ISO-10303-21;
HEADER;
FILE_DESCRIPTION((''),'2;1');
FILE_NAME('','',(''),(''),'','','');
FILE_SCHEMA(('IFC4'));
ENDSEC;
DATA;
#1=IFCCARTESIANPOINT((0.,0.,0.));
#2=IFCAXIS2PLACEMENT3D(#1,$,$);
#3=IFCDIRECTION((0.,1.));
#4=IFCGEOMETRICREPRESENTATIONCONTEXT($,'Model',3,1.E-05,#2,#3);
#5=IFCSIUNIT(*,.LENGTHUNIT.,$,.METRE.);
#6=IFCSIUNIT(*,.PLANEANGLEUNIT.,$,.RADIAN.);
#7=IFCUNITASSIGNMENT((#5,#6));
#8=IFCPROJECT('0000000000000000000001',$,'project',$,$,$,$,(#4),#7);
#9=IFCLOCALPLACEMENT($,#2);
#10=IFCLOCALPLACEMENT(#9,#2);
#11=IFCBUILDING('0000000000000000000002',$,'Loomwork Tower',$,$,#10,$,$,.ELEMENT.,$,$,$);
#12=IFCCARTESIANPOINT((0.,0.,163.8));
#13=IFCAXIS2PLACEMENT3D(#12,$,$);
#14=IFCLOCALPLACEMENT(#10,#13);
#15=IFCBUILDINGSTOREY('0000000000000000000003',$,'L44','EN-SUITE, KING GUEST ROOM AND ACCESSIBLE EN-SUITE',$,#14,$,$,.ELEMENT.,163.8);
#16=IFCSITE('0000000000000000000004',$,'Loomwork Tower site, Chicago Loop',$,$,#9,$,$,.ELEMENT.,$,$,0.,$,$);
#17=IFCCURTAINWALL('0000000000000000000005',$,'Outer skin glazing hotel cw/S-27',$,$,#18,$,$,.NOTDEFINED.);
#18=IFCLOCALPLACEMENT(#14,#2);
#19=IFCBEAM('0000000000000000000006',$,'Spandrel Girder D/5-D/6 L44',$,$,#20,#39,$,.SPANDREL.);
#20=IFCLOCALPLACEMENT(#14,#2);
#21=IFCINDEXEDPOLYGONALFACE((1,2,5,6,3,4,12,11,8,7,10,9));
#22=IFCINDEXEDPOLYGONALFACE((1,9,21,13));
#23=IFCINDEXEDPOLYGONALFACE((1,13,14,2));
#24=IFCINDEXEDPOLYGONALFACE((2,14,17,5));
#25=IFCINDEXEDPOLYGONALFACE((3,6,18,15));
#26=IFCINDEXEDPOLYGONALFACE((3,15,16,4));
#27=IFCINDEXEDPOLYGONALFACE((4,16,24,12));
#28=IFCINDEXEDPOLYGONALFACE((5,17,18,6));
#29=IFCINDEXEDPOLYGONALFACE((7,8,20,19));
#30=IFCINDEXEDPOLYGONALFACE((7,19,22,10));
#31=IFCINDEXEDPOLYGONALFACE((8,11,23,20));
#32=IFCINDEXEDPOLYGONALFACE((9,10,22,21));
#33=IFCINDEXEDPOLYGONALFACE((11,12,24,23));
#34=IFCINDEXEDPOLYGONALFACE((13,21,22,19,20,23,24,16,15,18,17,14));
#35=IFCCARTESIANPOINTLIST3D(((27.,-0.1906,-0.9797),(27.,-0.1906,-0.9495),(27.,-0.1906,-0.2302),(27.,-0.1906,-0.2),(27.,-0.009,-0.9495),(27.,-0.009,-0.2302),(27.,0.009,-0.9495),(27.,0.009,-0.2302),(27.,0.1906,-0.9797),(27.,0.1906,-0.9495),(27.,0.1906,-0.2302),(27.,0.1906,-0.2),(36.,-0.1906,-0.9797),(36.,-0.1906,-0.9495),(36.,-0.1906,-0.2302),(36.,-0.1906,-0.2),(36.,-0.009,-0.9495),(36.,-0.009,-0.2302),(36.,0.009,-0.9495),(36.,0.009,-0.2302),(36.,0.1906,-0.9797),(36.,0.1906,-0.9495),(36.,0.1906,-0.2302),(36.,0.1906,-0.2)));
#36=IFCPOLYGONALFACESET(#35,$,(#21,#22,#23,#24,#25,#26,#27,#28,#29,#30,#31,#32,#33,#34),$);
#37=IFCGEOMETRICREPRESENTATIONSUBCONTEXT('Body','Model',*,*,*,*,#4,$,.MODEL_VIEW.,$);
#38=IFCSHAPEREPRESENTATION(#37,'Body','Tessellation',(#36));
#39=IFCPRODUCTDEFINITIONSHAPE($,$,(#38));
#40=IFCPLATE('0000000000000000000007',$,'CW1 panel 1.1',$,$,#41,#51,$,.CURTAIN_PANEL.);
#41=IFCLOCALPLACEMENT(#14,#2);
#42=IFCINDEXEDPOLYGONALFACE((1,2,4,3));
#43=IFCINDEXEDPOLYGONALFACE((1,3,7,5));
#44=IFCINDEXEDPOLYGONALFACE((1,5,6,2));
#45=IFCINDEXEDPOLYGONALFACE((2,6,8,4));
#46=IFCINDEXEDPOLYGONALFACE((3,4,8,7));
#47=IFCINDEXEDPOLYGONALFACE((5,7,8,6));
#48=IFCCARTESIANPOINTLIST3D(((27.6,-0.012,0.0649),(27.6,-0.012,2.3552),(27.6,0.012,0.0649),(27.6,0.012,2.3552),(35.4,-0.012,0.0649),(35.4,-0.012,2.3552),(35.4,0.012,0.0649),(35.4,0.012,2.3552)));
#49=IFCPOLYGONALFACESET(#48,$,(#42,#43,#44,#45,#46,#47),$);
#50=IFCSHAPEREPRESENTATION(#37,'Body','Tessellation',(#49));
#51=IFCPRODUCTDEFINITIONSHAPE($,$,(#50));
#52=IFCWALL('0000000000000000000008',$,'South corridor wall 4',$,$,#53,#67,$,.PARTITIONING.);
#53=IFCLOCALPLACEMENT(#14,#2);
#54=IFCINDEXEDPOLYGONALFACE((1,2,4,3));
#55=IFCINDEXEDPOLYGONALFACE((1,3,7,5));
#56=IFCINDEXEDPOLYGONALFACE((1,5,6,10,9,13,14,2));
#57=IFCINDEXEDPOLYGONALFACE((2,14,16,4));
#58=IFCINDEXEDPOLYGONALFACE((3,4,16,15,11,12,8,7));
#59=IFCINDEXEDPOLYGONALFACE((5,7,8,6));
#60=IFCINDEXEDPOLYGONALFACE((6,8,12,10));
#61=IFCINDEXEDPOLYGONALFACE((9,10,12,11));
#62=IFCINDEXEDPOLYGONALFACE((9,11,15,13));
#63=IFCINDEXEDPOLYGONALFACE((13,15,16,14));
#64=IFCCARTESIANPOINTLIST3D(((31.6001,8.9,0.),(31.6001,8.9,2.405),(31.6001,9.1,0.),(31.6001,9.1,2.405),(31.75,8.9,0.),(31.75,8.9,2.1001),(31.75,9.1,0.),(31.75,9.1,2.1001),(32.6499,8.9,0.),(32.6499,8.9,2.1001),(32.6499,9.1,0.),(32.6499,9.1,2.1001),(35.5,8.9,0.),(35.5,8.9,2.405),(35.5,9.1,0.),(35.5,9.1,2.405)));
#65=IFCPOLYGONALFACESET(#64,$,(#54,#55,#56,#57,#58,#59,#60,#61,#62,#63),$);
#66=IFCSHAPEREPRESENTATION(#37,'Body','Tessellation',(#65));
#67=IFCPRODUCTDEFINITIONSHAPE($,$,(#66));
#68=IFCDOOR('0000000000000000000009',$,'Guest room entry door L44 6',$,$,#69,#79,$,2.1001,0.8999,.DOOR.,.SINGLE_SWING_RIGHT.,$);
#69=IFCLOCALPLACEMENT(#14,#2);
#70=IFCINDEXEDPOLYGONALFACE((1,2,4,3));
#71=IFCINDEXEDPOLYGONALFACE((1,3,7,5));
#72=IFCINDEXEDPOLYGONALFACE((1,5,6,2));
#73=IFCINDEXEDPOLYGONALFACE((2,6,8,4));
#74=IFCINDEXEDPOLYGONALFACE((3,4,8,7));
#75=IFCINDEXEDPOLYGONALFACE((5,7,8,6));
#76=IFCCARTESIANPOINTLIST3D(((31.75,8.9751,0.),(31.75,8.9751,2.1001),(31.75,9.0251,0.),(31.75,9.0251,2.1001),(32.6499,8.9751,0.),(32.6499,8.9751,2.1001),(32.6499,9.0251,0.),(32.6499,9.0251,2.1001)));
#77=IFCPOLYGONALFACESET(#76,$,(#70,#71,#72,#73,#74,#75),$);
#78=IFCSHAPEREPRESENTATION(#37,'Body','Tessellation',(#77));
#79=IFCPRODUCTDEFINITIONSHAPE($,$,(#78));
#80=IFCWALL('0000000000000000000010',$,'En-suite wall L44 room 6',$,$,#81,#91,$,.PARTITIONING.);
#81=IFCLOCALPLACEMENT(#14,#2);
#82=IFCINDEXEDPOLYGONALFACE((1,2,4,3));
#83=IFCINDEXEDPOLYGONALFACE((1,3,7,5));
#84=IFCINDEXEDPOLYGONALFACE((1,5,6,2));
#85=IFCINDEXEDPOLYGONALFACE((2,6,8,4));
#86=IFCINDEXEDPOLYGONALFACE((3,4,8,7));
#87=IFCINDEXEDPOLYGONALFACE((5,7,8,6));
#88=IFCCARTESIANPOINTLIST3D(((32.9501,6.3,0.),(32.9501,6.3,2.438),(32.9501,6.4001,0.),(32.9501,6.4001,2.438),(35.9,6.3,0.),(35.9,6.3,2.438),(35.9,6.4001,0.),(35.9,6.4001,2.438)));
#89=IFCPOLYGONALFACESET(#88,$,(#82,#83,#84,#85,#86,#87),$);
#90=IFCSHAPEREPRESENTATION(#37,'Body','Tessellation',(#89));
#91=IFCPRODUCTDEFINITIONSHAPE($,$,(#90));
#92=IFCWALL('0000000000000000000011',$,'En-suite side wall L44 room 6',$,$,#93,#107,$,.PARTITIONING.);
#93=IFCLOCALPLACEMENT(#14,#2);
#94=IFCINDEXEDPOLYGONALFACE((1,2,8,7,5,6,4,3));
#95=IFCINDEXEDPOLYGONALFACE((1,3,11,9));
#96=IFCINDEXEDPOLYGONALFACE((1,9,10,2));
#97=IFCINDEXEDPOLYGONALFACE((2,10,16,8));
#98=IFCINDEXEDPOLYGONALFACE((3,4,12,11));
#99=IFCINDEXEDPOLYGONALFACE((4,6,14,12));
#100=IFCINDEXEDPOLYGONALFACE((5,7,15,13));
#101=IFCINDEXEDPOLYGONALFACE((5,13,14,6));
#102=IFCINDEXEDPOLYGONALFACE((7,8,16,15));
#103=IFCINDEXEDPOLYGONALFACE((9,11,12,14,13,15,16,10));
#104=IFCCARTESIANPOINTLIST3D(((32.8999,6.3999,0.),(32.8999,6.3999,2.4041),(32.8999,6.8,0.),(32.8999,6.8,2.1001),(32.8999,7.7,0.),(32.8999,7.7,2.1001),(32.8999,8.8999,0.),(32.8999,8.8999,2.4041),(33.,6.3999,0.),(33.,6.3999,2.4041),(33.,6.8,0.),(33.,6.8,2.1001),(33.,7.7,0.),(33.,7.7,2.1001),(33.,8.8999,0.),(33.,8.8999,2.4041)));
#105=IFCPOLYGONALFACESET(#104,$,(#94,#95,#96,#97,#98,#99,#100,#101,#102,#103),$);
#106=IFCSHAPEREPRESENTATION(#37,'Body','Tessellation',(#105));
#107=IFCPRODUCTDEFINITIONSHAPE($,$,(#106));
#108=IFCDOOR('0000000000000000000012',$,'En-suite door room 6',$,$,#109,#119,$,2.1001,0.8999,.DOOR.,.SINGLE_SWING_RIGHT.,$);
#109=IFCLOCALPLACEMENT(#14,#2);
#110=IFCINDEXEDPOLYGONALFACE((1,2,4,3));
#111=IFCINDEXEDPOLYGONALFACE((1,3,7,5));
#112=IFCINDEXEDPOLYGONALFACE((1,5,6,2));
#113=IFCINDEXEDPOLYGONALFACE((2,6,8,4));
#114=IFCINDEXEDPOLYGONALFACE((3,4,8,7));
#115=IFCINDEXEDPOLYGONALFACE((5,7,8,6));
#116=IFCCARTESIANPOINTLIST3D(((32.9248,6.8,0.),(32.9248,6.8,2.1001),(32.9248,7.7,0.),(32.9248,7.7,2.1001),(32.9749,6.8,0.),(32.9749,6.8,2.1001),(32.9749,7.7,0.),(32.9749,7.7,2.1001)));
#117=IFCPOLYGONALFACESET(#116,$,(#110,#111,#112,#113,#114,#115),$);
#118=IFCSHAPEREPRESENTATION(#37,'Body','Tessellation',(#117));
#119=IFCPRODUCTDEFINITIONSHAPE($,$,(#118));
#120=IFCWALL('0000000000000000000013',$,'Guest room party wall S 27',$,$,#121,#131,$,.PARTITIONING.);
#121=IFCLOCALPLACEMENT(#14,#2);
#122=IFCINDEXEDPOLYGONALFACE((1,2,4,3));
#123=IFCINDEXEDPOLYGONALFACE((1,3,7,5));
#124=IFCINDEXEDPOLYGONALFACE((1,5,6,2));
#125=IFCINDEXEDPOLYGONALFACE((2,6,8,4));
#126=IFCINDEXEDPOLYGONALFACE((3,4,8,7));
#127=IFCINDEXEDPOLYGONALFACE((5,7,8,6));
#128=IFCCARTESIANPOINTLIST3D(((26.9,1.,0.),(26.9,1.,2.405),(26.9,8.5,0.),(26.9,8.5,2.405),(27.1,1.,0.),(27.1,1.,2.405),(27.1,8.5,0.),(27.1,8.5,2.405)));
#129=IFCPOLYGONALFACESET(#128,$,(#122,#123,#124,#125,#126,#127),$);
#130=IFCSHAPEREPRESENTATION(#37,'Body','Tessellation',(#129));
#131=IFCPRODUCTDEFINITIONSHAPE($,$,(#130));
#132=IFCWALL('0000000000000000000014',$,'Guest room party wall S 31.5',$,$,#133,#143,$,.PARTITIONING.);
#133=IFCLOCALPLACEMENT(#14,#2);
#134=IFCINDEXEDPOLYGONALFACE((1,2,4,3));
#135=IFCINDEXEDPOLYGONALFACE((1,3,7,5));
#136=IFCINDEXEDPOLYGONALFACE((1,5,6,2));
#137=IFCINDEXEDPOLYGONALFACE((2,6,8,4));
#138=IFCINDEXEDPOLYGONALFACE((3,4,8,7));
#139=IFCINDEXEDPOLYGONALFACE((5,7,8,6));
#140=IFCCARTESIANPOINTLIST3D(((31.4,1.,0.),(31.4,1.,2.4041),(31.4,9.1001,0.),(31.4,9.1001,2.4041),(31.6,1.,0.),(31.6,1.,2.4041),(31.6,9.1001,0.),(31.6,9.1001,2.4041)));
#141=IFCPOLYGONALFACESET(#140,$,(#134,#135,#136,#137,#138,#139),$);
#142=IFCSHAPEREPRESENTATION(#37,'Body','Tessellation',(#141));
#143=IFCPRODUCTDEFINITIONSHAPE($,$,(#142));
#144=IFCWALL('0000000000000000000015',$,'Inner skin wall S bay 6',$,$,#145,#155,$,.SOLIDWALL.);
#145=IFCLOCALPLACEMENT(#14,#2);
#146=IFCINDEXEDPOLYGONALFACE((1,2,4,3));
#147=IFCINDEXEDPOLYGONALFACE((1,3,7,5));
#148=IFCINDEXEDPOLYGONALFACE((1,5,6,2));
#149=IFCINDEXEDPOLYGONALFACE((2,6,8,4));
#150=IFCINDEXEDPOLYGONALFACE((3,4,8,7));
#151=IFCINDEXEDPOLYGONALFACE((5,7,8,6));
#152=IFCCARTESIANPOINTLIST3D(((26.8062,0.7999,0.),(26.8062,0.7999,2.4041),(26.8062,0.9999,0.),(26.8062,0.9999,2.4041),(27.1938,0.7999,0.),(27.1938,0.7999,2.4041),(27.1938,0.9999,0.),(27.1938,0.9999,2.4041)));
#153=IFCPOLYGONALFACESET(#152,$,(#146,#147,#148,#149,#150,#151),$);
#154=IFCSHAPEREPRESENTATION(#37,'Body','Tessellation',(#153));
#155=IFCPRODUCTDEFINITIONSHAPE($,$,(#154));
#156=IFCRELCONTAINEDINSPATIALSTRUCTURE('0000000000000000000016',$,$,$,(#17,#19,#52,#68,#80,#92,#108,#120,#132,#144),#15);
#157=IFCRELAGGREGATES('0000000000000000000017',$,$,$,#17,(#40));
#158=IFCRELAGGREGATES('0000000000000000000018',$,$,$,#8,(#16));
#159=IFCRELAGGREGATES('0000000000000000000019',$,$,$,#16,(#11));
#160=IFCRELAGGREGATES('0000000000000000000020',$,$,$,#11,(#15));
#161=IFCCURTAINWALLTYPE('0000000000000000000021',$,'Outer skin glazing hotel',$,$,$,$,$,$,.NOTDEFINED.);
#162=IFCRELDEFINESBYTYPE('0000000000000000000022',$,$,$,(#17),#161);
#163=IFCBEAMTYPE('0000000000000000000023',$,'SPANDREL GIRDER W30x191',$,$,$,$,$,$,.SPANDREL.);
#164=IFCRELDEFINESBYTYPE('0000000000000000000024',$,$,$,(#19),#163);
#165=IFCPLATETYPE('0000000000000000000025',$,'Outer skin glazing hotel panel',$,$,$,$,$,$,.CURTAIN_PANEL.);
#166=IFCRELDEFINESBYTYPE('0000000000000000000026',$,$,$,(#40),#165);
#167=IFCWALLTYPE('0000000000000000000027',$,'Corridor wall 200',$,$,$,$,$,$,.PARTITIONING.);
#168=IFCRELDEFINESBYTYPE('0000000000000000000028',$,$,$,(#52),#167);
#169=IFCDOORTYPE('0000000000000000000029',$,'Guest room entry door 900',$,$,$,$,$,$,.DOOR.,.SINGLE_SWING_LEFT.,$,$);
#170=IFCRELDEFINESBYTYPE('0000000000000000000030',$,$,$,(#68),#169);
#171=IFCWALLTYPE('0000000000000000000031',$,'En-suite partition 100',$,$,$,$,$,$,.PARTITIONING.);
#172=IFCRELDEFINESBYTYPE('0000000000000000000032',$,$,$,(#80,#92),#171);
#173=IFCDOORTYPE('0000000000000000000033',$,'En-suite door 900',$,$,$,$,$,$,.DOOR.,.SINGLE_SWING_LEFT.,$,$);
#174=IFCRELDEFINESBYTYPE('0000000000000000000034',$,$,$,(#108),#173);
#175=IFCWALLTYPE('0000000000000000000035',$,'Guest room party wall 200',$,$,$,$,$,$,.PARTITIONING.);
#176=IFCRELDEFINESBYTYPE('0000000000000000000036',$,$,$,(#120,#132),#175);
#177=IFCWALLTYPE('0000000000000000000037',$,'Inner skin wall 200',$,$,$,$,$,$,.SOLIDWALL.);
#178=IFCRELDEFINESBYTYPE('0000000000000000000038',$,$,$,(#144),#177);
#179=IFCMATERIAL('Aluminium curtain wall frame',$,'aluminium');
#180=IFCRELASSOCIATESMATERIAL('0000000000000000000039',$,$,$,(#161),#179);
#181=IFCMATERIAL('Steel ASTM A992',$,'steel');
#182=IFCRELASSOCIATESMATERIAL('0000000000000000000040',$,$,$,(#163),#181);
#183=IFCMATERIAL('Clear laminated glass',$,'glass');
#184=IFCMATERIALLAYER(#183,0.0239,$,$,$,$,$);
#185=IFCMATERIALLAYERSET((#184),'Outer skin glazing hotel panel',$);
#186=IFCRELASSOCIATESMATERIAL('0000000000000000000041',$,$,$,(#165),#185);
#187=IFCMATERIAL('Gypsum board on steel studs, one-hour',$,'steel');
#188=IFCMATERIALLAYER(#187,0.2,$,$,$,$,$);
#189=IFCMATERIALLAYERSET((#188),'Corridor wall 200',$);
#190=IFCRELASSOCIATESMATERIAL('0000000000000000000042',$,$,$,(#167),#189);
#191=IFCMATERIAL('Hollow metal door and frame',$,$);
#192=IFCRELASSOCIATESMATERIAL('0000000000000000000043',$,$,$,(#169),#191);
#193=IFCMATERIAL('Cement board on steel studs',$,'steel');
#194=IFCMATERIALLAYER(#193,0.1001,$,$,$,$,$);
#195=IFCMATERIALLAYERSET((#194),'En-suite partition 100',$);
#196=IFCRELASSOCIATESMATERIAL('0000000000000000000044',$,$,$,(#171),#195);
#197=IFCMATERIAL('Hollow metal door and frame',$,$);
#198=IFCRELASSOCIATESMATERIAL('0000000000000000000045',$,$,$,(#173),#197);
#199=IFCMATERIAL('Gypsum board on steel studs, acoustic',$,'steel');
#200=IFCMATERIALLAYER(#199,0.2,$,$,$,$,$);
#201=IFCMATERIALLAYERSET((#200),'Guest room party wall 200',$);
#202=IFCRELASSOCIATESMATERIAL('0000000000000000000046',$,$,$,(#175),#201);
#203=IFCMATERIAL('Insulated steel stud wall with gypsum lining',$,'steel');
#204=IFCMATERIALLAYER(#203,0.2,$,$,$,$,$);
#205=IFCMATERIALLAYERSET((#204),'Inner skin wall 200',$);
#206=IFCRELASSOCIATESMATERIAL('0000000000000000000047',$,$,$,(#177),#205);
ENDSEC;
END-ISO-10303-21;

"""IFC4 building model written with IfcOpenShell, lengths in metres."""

from ifc_helpers import new_model, si_unit, direction, frame, frame_2d, origin, origin_2d, place, context, subcontext, project, spatial, rectangle, i_section, extrude, material, layer, layer_set, material_profile, profile_set, type_object, element, fill, aggregate, save


model = new_model("IFC4")

# Units and contexts
model_context = context("Model", 3, precision=1e-05, world=origin(), true_north=direction((0.0, 1.0)))
body_context = subcontext(model_context, "Body", "Model", "MODEL_VIEW")
ifc_project = project(units=[si_unit("LENGTHUNIT", "METRE"), si_unit("PLANEANGLEUNIT", "RADIAN")], contexts=[model_context])

# Site, building, storey
site_placement = place(None, origin())
site = spatial("IfcSite", under=ifc_project, at=site_placement, Name="Loomwork Tower site, Chicago Loop", CompositionType="ELEMENT", RefElevation=0.0)
building_placement = place(site_placement, origin())
building = spatial("IfcBuilding", under=site, at=building_placement, Name="Loomwork Tower", CompositionType="ELEMENT")
storey_placement = place(building_placement, frame((0.0, 0.0, 163.8)))
storey = spatial("IfcBuildingStorey", under=building, at=storey_placement, Name="L44", Description="EN-SUITE, KING GUEST ROOM AND ACCESSIBLE EN-SUITE", CompositionType="ELEMENT", Elevation=163.8)

# Shared definitions
ifc_material_1 = material(Name="Aluminium curtain wall frame", Category="aluminium")
curtain_wall_type = type_object("IfcCurtainWallType", Name="Outer skin glazing hotel", PredefinedType="NOTDEFINED", material=ifc_material_1)

# Curtain wall
curtain_wall_1_placement = place(storey_placement, origin())
curtain_wall_1 = element("IfcCurtainWall", 1, at=curtain_wall_1_placement, inside=storey, type_object=curtain_wall_type, Name="Outer skin glazing hotel cw/S-27", PredefinedType="NOTDEFINED")

# Beam
ifc_material_2 = material(Name="Steel ASTM A992", Category="steel")
ifc_material_profile_1 = material_profile(ifc_material_2, i_section(OverallWidth=0.3811, OverallDepth=0.7798, WebThickness=0.0181, FlangeThickness=0.0303, at=origin_2d()), Name="W30x191")
ifc_profile_set_1 = profile_set([ifc_material_profile_1], Name="Steel ASTM A992")
beam_type_1 = type_object("IfcBeamType", Name="SPANDREL GIRDER W30x191", PredefinedType="SPANDREL", material=ifc_profile_set_1)
beam_1_placement = place(storey_placement, frame((27.0, 0.0, -0.5898), z_axis=(1.0, 0.0, 0.0), x_axis=(0.0, 1.0, 0.0)))
element("IfcBeam", 2, at=beam_1_placement, inside=storey, type_object=beam_type_1, Name="Spandrel Girder D/5-D/6 L44", PredefinedType="SPANDREL", context=body_context, shape_type="SweptSolid", body=[
    extrude(i_section(OverallWidth=0.3811, OverallDepth=0.7798, WebThickness=0.0181, FlangeThickness=0.0303, at=origin_2d()), origin(), (0.0, 0.0, 1.0), 9.0),
])

# Plate
ifc_material_3 = material(Name="Clear laminated glass", Category="glass")
ifc_layer_1 = layer(ifc_material_3, 0.0239)
ifc_layer_set_1 = layer_set([ifc_layer_1], Name="Outer skin glazing hotel panel")
plate_type = type_object("IfcPlateType", Name="Outer skin glazing hotel panel", PredefinedType="CURTAIN_PANEL", material=ifc_layer_set_1)
plate_placement = place(storey_placement, frame((31.5, 0.0, 0.0649), z_axis=(0.0, 0.0, 1.0), x_axis=(1.0, 0.0, 0.0)))
plate = element("IfcPlate", 3, at=plate_placement, type_object=plate_type, Name="CW1 panel 1.1", PredefinedType="CURTAIN_PANEL", context=body_context, shape_type="SweptSolid", body=[
    extrude(rectangle(XDim=7.8, YDim=0.0239, at=origin_2d()), origin(), (0.0, 0.0, 1.0), 2.2903),
])
aggregate(curtain_wall_1, [plate])

# Wall, opening, door
ifc_material_4 = material(Name="Gypsum board on steel studs, one-hour", Category="steel")
ifc_layer_2 = layer(ifc_material_4, 0.2)
ifc_layer_set_2 = layer_set([ifc_layer_2], Name="Corridor wall 200")
wall_type_1 = type_object("IfcWallType", Name="Corridor wall 200", PredefinedType="PARTITIONING", material=ifc_layer_set_2)
wall_1_placement = place(storey_placement, frame((31.6001, 9.0, 0.0), z_axis=(0.0, 0.0, 1.0), x_axis=(1.0, 0.0, 0.0)))
wall_1 = element("IfcWall", 4, at=wall_1_placement, inside=storey, type_object=wall_type_1, Name="South corridor wall 4", PredefinedType="PARTITIONING", context=body_context, shape_type="SweptSolid", body=[
    extrude(rectangle(XDim=3.8999, YDim=0.2, at=frame_2d((1.95, 0.0))), origin(), (0.0, 0.0, 1.0), 2.405),
])
opening_1_placement = place(wall_1_placement, frame((0.1499, 0.0, 0.0)))
opening_1 = element("IfcOpeningElement", 5, at=opening_1_placement, cuts=wall_1, PredefinedType="OPENING", context=body_context, shape_type="SweptSolid", body=[
    extrude(rectangle(XDim=0.8999, YDim=2.1001, at=frame_2d((0.45, 1.05))), frame((0.0, 0.1099, 0.0), z_axis=(0.0, -1.0, 0.0), x_axis=(1.0, 0.0, 0.0)), (0.0, 0.0, 1.0), 0.22),
])
ifc_material_5 = material(Name="Hollow metal door and frame")
door_type_1 = type_object("IfcDoorType", Name="Guest room entry door 900", OperationType="SINGLE_SWING_LEFT", PredefinedType="DOOR", material=ifc_material_5)
door_1_placement = place(opening_1_placement, frame((0.8999, 0.0, 0.0), z_axis=(0.0, 0.0, 1.0), x_axis=(-1.0, 0.0, 0.0)))
door_1 = element("IfcDoor", 6, at=door_1_placement, inside=storey, type_object=door_type_1, Name="Guest room entry door L44 6", OperationType="SINGLE_SWING_RIGHT", OverallHeight=2.1001, OverallWidth=0.8999, PredefinedType="DOOR", context=body_context, shape_type="SweptSolid", body=[
    extrude(rectangle(XDim=0.8999, YDim=2.1001, at=frame_2d((0.45, 1.05))), frame((0.0, 0.0249, 0.0), z_axis=(0.0, -1.0, 0.0), x_axis=(1.0, 0.0, 0.0)), (0.0, 0.0, 1.0), 0.05),
])
fill(opening_1, door_1)

# Wall
ifc_material_6 = material(Name="Cement board on steel studs", Category="steel")
ifc_layer_3 = layer(ifc_material_6, 0.1001)
ifc_layer_set_3 = layer_set([ifc_layer_3], Name="En-suite partition 100")
wall_type_2 = type_object("IfcWallType", Name="En-suite partition 100", PredefinedType="PARTITIONING", material=ifc_layer_set_3)
wall_2_placement = place(storey_placement, frame((32.95, 6.3501, 0.0), z_axis=(0.0, 0.0, 1.0), x_axis=(1.0, 0.0, 0.0)))
element("IfcWall", 7, at=wall_2_placement, inside=storey, type_object=wall_type_2, Name="En-suite wall L44 room 6", PredefinedType="PARTITIONING", context=body_context, shape_type="SweptSolid", body=[
    extrude(rectangle(XDim=2.95, YDim=0.1001, at=frame_2d((1.4751, 0.0))), origin(), (0.0, 0.0, 1.0), 2.438),
])

# Wall, opening, door
wall_3_placement = place(storey_placement, frame((32.95, 8.8999, 0.0), z_axis=(0.0, 0.0, 1.0), x_axis=(0.0, -1.0, 0.0)))
wall_3 = element("IfcWall", 8, at=wall_3_placement, inside=storey, type_object=wall_type_2, Name="En-suite side wall L44 room 6", PredefinedType="PARTITIONING", context=body_context, shape_type="SweptSolid", body=[
    extrude(rectangle(XDim=2.5, YDim=0.1001, at=frame_2d((1.25, 0.0))), origin(), (0.0, 0.0, 1.0), 2.4041),
])
opening_2_placement = place(wall_3_placement, frame((1.2, 0.0, 0.0)))
opening_2 = element("IfcOpeningElement", 9, at=opening_2_placement, cuts=wall_3, PredefinedType="OPENING", context=body_context, shape_type="SweptSolid", body=[
    extrude(rectangle(XDim=0.8999, YDim=2.1001, at=frame_2d((0.45, 1.05))), frame((0.0, 0.0601, 0.0), z_axis=(0.0, -1.0, 0.0), x_axis=(1.0, 0.0, 0.0)), (0.0, 0.0, 1.0), 0.1201),
])
ifc_material_7 = material(Name="Hollow metal door and frame")
door_type_2 = type_object("IfcDoorType", Name="En-suite door 900", OperationType="SINGLE_SWING_LEFT", PredefinedType="DOOR", material=ifc_material_7)
door_2_placement = place(opening_2_placement, origin())
door_2 = element("IfcDoor", 10, at=door_2_placement, inside=storey, type_object=door_type_2, Name="En-suite door room 6", OperationType="SINGLE_SWING_RIGHT", OverallHeight=2.1001, OverallWidth=0.8999, PredefinedType="DOOR", context=body_context, shape_type="SweptSolid", body=[
    extrude(rectangle(XDim=0.8999, YDim=2.1001, at=frame_2d((0.45, 1.05))), frame((0.0, 0.0249, 0.0), z_axis=(0.0, -1.0, 0.0), x_axis=(1.0, 0.0, 0.0)), (0.0, 0.0, 1.0), 0.05),
])
fill(opening_2, door_2)

# Walls
ifc_material_8 = material(Name="Gypsum board on steel studs, acoustic", Category="steel")
ifc_layer_4 = layer(ifc_material_8, 0.2)
ifc_layer_set_4 = layer_set([ifc_layer_4], Name="Guest room party wall 200")
wall_type_3 = type_object("IfcWallType", Name="Guest room party wall 200", PredefinedType="PARTITIONING", material=ifc_layer_set_4)
wall_4_placement = place(storey_placement, frame((27.0, 8.5, 0.0), z_axis=(0.0, 0.0, 1.0), x_axis=(0.0, -1.0, 0.0)))
element("IfcWall", 11, at=wall_4_placement, inside=storey, type_object=wall_type_3, Name="Guest room party wall S 27", PredefinedType="PARTITIONING", context=body_context, shape_type="SweptSolid", body=[
    extrude(rectangle(XDim=7.5, YDim=0.2, at=frame_2d((3.75, 0.0))), origin(), (0.0, 0.0, 1.0), 2.405),
])
wall_5_placement = place(storey_placement, frame((31.5, 9.1001, 0.0), z_axis=(0.0, 0.0, 1.0), x_axis=(0.0, -1.0, 0.0)))
element("IfcWall", 12, at=wall_5_placement, inside=storey, type_object=wall_type_3, Name="Guest room party wall S 31.5", PredefinedType="PARTITIONING", context=body_context, shape_type="SweptSolid", body=[
    extrude(rectangle(XDim=8.1001, YDim=0.2, at=frame_2d((4.05, 0.0))), origin(), (0.0, 0.0, 1.0), 2.4041),
])
ifc_material_9 = material(Name="Insulated steel stud wall with gypsum lining", Category="steel")
ifc_layer_5 = layer(ifc_material_9, 0.2)
ifc_layer_set_5 = layer_set([ifc_layer_5], Name="Inner skin wall 200")
wall_type_4 = type_object("IfcWallType", Name="Inner skin wall 200", PredefinedType="SOLIDWALL", material=ifc_layer_set_5)
wall_6_placement = place(storey_placement, frame((26.8062, 0.8999, 0.0), z_axis=(0.0, 0.0, 1.0), x_axis=(1.0, 0.0, 0.0)))
element("IfcWall", 13, at=wall_6_placement, inside=storey, type_object=wall_type_4, Name="Inner skin wall S bay 6", PredefinedType="SOLIDWALL", context=body_context, shape_type="SweptSolid", body=[
    extrude(rectangle(XDim=0.3877, YDim=0.2, at=frame_2d((0.1938, 0.0))), origin(), (0.0, 0.0, 1.0), 2.4041),
])

save(model, "model.ifc")
